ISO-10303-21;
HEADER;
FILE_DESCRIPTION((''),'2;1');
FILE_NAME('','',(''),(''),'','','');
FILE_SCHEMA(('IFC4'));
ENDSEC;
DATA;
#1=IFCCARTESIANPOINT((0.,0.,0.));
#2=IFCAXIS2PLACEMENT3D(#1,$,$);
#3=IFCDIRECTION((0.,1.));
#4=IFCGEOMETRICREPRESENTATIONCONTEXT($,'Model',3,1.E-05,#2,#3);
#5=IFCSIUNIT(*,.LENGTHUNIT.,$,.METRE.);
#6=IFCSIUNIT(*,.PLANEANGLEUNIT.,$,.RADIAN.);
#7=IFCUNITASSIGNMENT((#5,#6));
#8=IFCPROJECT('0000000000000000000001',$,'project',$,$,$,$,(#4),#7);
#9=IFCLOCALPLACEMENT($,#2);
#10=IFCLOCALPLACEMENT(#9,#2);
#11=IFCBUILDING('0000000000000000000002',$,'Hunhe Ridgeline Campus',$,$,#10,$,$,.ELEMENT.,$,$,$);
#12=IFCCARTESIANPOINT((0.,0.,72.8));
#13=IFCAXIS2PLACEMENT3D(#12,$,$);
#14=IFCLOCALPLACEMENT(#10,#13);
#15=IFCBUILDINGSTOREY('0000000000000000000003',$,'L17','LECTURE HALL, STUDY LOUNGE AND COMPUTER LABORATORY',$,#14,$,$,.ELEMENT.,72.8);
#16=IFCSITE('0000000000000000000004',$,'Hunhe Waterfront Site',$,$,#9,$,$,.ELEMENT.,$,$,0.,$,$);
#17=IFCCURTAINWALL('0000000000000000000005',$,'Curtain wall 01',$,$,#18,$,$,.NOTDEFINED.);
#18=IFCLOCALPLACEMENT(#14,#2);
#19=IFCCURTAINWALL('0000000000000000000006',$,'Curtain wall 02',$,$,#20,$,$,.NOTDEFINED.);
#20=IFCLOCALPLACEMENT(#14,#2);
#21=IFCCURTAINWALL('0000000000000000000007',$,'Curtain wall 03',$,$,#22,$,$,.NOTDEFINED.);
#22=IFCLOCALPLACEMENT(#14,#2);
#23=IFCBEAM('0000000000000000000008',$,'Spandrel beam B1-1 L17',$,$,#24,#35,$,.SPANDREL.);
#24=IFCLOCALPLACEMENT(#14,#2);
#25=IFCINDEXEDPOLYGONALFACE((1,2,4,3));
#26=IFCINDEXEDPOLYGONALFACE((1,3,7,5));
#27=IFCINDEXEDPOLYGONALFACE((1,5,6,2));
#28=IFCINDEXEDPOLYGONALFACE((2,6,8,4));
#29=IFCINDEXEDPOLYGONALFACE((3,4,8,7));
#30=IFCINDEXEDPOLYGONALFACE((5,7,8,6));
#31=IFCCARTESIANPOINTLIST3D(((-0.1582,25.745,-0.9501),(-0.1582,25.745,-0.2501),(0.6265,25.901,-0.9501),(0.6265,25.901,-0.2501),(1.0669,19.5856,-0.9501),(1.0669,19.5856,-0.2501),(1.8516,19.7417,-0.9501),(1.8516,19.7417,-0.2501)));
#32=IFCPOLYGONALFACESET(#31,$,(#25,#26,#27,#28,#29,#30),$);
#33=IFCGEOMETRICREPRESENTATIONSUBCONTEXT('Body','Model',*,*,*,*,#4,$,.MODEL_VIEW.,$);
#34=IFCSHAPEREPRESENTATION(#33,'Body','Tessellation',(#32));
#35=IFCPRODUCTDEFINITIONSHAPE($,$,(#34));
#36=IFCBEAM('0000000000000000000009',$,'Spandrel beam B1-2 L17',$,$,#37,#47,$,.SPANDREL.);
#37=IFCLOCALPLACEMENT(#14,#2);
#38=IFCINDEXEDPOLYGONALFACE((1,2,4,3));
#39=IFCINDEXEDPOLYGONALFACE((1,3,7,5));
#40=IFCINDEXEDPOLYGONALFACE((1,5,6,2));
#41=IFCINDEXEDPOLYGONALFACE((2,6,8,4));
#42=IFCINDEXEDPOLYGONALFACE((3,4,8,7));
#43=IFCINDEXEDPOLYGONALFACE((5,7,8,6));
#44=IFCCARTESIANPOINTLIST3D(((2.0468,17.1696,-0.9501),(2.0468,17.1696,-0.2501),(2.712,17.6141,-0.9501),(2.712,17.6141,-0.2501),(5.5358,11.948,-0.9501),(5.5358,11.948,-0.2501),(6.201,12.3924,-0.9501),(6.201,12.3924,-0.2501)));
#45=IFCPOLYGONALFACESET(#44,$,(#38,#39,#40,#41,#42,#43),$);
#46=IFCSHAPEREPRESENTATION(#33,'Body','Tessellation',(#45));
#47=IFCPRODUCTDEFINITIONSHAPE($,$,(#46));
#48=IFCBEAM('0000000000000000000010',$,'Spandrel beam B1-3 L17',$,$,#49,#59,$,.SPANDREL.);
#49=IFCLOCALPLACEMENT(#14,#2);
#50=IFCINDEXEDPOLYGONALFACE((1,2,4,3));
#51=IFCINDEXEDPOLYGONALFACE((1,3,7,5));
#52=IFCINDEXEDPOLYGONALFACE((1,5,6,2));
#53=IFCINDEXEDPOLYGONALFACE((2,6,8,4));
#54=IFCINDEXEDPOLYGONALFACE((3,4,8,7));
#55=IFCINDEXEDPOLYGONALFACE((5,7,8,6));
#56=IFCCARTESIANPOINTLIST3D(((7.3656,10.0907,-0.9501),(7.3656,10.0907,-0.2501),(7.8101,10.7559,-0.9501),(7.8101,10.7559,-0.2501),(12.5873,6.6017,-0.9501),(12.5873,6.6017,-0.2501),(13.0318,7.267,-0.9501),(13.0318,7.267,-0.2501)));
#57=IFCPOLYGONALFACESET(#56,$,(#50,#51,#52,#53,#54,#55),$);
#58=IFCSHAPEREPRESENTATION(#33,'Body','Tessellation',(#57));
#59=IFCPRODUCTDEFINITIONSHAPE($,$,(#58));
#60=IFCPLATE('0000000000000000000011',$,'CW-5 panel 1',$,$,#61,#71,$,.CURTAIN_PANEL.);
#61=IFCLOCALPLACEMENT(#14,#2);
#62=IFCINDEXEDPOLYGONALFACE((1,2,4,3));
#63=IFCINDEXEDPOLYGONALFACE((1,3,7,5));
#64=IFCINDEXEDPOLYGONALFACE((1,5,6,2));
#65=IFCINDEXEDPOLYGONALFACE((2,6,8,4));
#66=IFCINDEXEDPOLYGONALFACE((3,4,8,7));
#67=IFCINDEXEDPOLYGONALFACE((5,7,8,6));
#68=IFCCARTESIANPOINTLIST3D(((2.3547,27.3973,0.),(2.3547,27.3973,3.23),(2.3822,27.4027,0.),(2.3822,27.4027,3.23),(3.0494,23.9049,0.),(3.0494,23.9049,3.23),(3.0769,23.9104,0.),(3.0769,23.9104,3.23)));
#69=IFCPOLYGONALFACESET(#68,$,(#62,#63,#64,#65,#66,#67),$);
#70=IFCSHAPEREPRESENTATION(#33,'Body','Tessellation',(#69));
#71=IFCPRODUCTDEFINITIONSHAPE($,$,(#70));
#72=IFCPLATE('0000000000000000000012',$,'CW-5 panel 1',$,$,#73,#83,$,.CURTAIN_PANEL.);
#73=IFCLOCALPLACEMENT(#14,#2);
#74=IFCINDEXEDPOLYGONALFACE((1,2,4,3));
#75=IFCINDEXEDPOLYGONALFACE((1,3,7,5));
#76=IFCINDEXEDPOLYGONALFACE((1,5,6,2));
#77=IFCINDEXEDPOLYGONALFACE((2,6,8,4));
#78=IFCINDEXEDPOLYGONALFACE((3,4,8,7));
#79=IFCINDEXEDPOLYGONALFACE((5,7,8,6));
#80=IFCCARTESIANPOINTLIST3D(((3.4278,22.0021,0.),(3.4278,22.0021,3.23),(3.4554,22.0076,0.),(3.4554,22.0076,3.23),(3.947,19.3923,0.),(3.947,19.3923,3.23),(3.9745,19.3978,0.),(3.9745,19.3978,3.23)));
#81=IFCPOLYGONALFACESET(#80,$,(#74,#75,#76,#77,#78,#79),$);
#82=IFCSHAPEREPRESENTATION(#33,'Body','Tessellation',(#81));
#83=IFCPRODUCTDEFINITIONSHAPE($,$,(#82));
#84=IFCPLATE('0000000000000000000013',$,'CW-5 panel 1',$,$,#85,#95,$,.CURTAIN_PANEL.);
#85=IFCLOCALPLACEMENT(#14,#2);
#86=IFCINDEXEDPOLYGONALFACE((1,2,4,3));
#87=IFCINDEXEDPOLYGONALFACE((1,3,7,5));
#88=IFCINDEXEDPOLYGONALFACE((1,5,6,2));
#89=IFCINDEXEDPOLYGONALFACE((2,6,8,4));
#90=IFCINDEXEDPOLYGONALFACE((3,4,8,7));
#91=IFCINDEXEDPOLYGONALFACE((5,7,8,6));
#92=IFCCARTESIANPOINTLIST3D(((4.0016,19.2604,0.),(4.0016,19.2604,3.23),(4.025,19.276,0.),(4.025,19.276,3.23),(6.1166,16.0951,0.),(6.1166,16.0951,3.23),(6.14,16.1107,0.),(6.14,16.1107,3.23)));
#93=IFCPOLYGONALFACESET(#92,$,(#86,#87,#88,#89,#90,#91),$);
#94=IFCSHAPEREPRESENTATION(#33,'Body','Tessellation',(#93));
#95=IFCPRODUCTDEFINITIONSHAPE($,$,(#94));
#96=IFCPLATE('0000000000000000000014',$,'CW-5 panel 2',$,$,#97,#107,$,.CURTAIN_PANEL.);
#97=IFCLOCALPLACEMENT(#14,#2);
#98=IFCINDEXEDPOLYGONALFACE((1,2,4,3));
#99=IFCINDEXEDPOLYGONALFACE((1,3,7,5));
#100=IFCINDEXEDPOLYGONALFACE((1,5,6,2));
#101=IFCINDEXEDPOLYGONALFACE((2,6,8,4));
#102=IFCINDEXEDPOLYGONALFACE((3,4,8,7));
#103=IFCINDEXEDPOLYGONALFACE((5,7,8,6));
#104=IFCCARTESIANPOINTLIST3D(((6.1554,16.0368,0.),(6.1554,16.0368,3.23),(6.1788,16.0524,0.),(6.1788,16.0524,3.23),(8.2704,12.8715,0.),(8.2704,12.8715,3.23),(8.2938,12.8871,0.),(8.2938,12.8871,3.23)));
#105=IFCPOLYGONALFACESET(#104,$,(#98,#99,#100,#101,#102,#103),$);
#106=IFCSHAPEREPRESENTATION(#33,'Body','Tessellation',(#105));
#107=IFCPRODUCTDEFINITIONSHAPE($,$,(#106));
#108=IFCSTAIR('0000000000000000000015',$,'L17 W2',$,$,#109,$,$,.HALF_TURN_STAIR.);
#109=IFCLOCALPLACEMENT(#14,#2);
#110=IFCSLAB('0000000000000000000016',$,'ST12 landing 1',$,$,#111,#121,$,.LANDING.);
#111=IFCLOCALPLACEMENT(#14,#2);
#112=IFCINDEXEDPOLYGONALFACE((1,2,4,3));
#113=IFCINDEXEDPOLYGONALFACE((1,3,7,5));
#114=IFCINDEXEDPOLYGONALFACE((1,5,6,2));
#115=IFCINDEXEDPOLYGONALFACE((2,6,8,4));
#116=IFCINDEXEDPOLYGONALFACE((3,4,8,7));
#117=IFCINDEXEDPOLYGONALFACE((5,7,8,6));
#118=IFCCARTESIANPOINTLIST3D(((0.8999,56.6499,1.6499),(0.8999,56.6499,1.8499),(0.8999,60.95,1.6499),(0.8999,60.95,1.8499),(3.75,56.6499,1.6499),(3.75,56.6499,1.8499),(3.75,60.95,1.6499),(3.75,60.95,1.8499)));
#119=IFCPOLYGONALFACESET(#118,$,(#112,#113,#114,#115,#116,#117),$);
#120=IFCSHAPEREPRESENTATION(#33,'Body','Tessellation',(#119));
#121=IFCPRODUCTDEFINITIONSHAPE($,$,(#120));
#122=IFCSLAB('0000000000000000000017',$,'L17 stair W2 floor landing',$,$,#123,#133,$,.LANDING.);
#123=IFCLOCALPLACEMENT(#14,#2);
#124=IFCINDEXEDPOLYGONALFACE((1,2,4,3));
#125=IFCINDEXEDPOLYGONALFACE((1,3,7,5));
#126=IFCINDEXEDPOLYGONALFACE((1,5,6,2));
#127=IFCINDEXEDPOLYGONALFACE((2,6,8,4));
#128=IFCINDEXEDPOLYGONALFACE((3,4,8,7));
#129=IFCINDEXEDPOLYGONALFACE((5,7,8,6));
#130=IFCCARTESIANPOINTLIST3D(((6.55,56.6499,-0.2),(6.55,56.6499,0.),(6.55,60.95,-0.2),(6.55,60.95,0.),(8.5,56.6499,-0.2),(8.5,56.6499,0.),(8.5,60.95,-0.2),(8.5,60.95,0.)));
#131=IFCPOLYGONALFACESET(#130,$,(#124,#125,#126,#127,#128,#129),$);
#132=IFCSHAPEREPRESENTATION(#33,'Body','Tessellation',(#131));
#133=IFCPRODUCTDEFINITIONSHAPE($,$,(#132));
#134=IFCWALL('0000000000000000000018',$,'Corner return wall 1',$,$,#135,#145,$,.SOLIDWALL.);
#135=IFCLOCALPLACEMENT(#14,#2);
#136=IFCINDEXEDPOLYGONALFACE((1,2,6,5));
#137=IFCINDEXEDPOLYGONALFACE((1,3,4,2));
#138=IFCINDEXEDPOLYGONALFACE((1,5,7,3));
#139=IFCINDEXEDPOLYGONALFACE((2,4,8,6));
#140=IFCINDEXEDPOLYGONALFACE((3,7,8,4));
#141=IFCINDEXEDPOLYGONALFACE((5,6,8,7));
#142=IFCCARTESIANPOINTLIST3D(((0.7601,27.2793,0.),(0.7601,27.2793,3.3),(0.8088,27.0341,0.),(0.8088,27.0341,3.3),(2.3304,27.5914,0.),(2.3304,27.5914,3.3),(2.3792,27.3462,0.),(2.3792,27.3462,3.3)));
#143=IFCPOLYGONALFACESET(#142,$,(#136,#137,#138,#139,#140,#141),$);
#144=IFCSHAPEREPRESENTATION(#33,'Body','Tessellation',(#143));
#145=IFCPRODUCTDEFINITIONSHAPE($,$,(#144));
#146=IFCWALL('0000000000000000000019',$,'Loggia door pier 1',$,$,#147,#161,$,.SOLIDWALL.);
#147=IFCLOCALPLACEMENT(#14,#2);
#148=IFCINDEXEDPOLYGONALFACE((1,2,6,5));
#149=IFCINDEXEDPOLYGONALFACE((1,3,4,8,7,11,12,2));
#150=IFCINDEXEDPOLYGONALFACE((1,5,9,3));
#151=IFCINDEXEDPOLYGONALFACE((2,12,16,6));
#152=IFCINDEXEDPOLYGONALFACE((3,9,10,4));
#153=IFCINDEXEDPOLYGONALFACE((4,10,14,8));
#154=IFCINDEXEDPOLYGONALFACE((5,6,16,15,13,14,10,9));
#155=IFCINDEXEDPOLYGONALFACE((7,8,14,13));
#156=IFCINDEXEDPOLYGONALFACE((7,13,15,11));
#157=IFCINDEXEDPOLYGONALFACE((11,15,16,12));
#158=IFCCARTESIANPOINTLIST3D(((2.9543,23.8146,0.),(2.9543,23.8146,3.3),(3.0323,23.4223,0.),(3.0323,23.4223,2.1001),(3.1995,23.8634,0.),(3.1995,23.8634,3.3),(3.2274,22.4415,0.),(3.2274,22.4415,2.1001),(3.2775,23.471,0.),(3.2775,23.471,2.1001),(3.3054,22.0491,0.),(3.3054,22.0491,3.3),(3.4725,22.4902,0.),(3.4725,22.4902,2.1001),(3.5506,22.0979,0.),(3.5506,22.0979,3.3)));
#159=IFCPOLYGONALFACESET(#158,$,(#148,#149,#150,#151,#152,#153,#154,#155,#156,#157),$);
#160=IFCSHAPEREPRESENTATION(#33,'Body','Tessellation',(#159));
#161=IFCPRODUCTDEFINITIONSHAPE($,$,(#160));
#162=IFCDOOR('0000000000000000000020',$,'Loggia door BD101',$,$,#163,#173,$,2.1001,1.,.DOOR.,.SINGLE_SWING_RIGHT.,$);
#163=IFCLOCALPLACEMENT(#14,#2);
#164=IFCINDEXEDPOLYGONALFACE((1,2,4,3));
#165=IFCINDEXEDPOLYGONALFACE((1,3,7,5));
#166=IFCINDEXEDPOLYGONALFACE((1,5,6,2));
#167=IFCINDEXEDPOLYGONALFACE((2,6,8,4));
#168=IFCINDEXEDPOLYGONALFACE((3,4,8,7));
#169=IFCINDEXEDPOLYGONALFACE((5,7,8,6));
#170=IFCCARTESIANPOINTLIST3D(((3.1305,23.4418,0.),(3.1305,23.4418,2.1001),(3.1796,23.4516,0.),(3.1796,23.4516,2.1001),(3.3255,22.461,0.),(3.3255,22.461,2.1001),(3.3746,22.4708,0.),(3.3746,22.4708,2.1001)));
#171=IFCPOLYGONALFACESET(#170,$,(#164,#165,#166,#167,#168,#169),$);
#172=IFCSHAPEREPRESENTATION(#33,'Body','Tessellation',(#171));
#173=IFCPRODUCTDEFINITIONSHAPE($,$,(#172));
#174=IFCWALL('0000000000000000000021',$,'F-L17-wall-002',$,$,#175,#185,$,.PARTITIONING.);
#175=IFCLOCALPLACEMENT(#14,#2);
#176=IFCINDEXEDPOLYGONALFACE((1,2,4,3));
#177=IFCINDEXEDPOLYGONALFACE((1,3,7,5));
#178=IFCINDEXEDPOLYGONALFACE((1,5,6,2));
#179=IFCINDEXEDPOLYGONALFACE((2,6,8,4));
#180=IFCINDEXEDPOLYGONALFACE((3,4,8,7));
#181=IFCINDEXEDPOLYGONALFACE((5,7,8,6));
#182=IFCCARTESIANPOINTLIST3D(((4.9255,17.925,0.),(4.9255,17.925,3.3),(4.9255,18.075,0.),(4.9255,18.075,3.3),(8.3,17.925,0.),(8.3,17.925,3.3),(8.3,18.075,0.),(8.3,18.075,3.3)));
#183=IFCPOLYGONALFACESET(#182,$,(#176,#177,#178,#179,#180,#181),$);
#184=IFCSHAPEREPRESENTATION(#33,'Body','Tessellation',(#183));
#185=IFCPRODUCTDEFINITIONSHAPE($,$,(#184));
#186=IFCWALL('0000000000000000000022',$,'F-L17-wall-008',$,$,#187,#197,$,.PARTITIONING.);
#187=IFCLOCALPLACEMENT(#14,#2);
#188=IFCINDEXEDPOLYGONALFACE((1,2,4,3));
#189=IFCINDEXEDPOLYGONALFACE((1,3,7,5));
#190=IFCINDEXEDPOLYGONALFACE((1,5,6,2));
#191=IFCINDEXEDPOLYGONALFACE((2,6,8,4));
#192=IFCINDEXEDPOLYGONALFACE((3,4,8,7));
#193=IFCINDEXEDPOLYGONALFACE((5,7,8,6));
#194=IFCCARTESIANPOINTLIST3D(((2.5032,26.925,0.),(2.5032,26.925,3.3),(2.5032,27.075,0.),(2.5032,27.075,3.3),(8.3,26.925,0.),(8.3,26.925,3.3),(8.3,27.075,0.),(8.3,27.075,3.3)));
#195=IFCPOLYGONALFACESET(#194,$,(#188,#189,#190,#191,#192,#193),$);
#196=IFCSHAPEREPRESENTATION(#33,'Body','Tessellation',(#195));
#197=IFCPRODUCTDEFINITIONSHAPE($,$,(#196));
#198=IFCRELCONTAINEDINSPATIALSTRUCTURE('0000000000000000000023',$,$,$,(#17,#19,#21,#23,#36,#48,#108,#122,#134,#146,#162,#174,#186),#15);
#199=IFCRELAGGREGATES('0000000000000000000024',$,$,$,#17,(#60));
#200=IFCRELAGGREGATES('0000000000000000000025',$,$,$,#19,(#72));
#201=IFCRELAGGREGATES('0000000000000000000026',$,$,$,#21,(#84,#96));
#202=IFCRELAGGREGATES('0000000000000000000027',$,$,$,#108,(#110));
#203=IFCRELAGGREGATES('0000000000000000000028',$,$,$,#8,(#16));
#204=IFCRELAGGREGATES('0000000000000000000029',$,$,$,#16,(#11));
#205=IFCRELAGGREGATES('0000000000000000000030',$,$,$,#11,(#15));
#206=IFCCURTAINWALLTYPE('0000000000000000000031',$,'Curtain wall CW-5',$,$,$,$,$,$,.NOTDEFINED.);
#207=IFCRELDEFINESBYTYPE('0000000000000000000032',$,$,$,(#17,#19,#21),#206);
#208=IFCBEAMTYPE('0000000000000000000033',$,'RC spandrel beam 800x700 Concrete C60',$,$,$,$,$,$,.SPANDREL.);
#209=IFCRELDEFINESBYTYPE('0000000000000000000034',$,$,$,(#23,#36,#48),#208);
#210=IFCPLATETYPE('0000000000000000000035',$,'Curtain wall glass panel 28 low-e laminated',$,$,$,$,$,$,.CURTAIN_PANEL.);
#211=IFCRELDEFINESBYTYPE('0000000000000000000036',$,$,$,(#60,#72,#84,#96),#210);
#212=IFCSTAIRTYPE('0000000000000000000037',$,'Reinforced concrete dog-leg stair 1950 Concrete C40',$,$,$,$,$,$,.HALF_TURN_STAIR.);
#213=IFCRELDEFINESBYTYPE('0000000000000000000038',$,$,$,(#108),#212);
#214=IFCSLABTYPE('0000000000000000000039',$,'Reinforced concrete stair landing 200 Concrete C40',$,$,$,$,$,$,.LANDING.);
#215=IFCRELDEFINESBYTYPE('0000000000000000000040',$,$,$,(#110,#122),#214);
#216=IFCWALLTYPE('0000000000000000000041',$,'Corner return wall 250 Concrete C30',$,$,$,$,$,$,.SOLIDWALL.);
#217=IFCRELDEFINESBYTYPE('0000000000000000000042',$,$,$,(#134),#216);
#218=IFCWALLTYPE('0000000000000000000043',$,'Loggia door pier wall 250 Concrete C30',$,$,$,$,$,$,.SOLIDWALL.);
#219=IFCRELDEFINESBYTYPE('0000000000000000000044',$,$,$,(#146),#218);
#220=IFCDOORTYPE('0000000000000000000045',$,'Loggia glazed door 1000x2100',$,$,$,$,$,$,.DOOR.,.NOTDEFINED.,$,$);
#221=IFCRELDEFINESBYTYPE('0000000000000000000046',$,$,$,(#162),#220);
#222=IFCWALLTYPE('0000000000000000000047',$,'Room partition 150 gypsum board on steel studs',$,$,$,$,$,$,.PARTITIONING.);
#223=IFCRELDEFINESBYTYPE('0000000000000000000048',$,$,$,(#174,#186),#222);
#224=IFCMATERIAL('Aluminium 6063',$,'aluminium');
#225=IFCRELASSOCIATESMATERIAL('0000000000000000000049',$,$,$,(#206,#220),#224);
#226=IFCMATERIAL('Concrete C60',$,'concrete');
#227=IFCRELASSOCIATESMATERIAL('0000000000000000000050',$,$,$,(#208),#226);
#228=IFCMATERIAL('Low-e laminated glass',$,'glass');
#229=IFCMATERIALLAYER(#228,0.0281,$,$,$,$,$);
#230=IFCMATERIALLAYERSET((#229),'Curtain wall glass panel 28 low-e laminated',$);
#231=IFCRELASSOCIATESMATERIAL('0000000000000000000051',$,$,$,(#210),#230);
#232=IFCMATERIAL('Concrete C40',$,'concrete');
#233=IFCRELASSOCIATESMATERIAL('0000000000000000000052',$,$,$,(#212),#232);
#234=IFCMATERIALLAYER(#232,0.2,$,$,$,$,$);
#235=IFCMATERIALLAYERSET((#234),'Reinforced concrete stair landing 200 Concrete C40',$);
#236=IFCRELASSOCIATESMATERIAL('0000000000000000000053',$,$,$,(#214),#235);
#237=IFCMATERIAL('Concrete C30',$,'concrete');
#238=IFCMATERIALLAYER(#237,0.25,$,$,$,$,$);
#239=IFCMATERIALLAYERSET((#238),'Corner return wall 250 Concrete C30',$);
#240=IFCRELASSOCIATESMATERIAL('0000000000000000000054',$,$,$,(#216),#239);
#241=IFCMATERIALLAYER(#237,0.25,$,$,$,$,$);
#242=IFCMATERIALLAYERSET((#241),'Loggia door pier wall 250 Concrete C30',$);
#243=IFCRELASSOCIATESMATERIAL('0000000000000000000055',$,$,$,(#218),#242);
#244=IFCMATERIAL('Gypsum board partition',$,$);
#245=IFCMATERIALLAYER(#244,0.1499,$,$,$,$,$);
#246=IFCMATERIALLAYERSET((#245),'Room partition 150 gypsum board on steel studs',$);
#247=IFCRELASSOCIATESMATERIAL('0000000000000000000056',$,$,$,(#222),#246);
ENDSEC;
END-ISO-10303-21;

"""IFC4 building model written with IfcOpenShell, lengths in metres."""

from ifc_helpers import new_model, si_unit, direction, frame, frame_2d, origin, origin_2d, place, context, subcontext, project, spatial, polyline, rectangle, outline, extrude, material, layer, layer_set, material_profile, profile_set, type_object, element, fill, aggregate, save


model = new_model("IFC4")

# Units and contexts
model_context = context("Model", 3, precision=1e-05, world=origin(), true_north=direction((0.0, 1.0)))
body_context = subcontext(model_context, "Body", "Model", "MODEL_VIEW")
ifc_project = project(units=[si_unit("LENGTHUNIT", "METRE"), si_unit("PLANEANGLEUNIT", "RADIAN")], contexts=[model_context])

# Site, building, storey
site_placement = place(None, origin())
site = spatial("IfcSite", under=ifc_project, at=site_placement, Name="Hunhe Waterfront Site", CompositionType="ELEMENT", RefElevation=0.0)
building_placement = place(site_placement, origin())
building = spatial("IfcBuilding", under=site, at=building_placement, Name="Hunhe Ridgeline Campus", CompositionType="ELEMENT")
storey_placement = place(building_placement, frame((0.0, 0.0, 72.8)))
storey = spatial("IfcBuildingStorey", under=building, at=storey_placement, Name="L17", Description="LECTURE HALL, STUDY LOUNGE AND COMPUTER LABORATORY", CompositionType="ELEMENT", Elevation=72.8)

# Curtain walls
ifc_material_1 = material(Name="Aluminium 6063", Category="aluminium")
curtain_wall_type = type_object("IfcCurtainWallType", Name="Curtain wall CW-5", PredefinedType="NOTDEFINED", material=ifc_material_1)
curtain_wall_1_placement = place(storey_placement, origin())
curtain_wall_1 = element("IfcCurtainWall", 1, at=curtain_wall_1_placement, inside=storey, type_object=curtain_wall_type, Name="Curtain wall 01", PredefinedType="NOTDEFINED")
curtain_wall_2_placement = place(storey_placement, origin())
curtain_wall_2 = element("IfcCurtainWall", 2, at=curtain_wall_2_placement, inside=storey, type_object=curtain_wall_type, Name="Curtain wall 02", PredefinedType="NOTDEFINED")
curtain_wall_3_placement = place(storey_placement, origin())
curtain_wall_3 = element("IfcCurtainWall", 3, at=curtain_wall_3_placement, inside=storey, type_object=curtain_wall_type, Name="Curtain wall 03", PredefinedType="NOTDEFINED")

# Beams
ifc_material_2 = material(Name="Concrete C60", Category="concrete")
ifc_material_profile_1 = material_profile(ifc_material_2, rectangle(XDim=0.8, YDim=0.7, at=origin_2d()))
ifc_profile_set_1 = profile_set([ifc_material_profile_1], Name="Concrete C60")
beam_type = type_object("IfcBeamType", Name="RC spandrel beam 800x700 Concrete C60", PredefinedType="SPANDREL", material=ifc_profile_set_1)
for number, where, z_axis, x_axis, name in (
    (4, (0.2341, 25.823, -0.6001), (0.195077, -0.980788, 0.0), (0.980788, 0.195077, 0.0), "Spandrel beam B1-1 L17"),
    (5, (2.3794, 17.3918, -0.6001), (0.55557, -0.83147, 0.0), (0.83147, 0.55557, 0.0), "Spandrel beam B1-2 L17"),
    (6, (7.5879, 10.4233, -0.6001), (0.83147, -0.55557, 0.0), (0.55557, 0.83147, 0.0), "Spandrel beam B1-3 L17"),
):
    element("IfcBeam", number, at=place(storey_placement, frame(where, z_axis=z_axis, x_axis=x_axis)), inside=storey, type_object=beam_type, Name=name, PredefinedType="SPANDREL", context=body_context, shape_type="SweptSolid", body=[
        extrude(rectangle(XDim=0.8, YDim=0.7, at=origin_2d()), origin(), (0.0, 0.0, 1.0), 6.28),
    ])

# Plates
ifc_material_3 = material(Name="Low-e laminated glass", Category="glass")
ifc_layer_1 = layer(ifc_material_3, 0.0281)
ifc_layer_set_1 = layer_set([ifc_layer_1], Name="Curtain wall glass panel 28 low-e laminated")
plate_type = type_object("IfcPlateType", Name="Curtain wall glass panel 28 low-e laminated", PredefinedType="CURTAIN_PANEL", material=ifc_layer_set_1)
plate_1_placement = place(storey_placement, frame((2.7158, 25.6538, 0.0), z_axis=(0.0, 0.0, 1.0), x_axis=(0.195095, -0.980784, 0.0)))
plate_1 = element("IfcPlate", 7, at=plate_1_placement, type_object=plate_type, Name="CW-5 panel 1", PredefinedType="CURTAIN_PANEL", context=body_context, shape_type="SweptSolid", body=[
    extrude(rectangle(XDim=3.5608, YDim=0.0281, at=origin_2d()), origin(), (0.0, 0.0, 1.0), 3.23),
])
aggregate(curtain_wall_1, [plate_1])
plate_2_placement = place(storey_placement, frame((3.7012, 20.7, 0.0), z_axis=(0.0, 0.0, 1.0), x_axis=(0.195095, -0.980784, 0.0)))
plate_2 = element("IfcPlate", 8, at=plate_2_placement, type_object=plate_type, Name="CW-5 panel 1", PredefinedType="CURTAIN_PANEL", context=body_context, shape_type="SweptSolid", body=[
    extrude(rectangle(XDim=2.6609, YDim=0.0281, at=origin_2d()), origin(), (0.0, 0.0, 1.0), 3.23),
])
aggregate(curtain_wall_2, [plate_2])
plate_3_placement = place(storey_placement, frame((5.0708, 17.6855, 0.0), z_axis=(0.0, 0.0, 1.0), x_axis=(0.55557, -0.83147, 0.0)))
plate_3 = element("IfcPlate", 9, at=plate_3_placement, type_object=plate_type, Name="CW-5 panel 1", PredefinedType="CURTAIN_PANEL", context=body_context, shape_type="SweptSolid", body=[
    extrude(rectangle(XDim=3.8069, YDim=0.0281, at=origin_2d()), origin(), (0.0, 0.0, 1.0), 3.23),
])
plate_4_placement = place(storey_placement, frame((7.2246, 14.4619, 0.0), z_axis=(0.0, 0.0, 1.0), x_axis=(0.55557, -0.83147, 0.0)))
plate_4 = element("IfcPlate", 10, at=plate_4_placement, type_object=plate_type, Name="CW-5 panel 2", PredefinedType="CURTAIN_PANEL", context=body_context, shape_type="SweptSolid", body=[
    extrude(rectangle(XDim=3.8069, YDim=0.0281, at=origin_2d()), origin(), (0.0, 0.0, 1.0), 3.23),
])
aggregate(curtain_wall_3, [plate_3, plate_4])

# Stair, slab
ifc_material_4 = material(Name="Concrete C40", Category="concrete")
stair_type = type_object("IfcStairType", Name="Reinforced concrete dog-leg stair 1950 Concrete C40", PredefinedType="HALF_TURN_STAIR", material=ifc_material_4)
stair_placement = place(storey_placement, origin())
stair = element("IfcStair", 11, at=stair_placement, inside=storey, type_object=stair_type, Name="L17 W2", PredefinedType="HALF_TURN_STAIR")
ifc_layer_2 = layer(ifc_material_4, 0.2)
ifc_layer_set_2 = layer_set([ifc_layer_2], Name="Reinforced concrete stair landing 200 Concrete C40")
slab_type = type_object("IfcSlabType", Name="Reinforced concrete stair landing 200 Concrete C40", PredefinedType="LANDING", material=ifc_layer_set_2)
slab_1_placement = place(storey_placement, frame((0.0, 0.0, 1.6499)))
slab_1 = element("IfcSlab", 12, at=slab_1_placement, type_object=slab_type, Name="ST12 landing 1", PredefinedType="LANDING", context=body_context, shape_type="SweptSolid", body=[
    extrude(outline(polyline([(3.75, 60.95), (0.8999, 60.95), (0.8999, 56.6499), (3.75, 56.6499), (3.75, 60.95)])), origin(), (0.0, 0.0, 1.0), 0.2),
])
aggregate(stair, [slab_1])

# Slab
slab_2_placement = place(storey_placement, frame((0.0, 0.0, -0.2)))
element("IfcSlab", 13, at=slab_2_placement, inside=storey, type_object=slab_type, Name="L17 stair W2 floor landing", PredefinedType="LANDING", context=body_context, shape_type="SweptSolid", body=[
    extrude(outline(polyline([(8.5, 60.95), (6.55, 60.95), (6.55, 56.6499), (8.5, 56.6499), (8.5, 60.95)])), origin(), (0.0, 0.0, 1.0), 0.2),
])

# Wall
ifc_material_5 = material(Name="Concrete C30", Category="concrete")
ifc_layer_3 = layer(ifc_material_5, 0.25)
ifc_layer_set_3 = layer_set([ifc_layer_3], Name="Corner return wall 250 Concrete C30")
wall_type_1 = type_object("IfcWallType", Name="Corner return wall 250 Concrete C30", PredefinedType="SOLIDWALL", material=ifc_layer_set_3)
wall_1_placement = place(storey_placement, frame((0.7844, 27.1567, 0.0), z_axis=(0.0, 0.0, 1.0), x_axis=(0.980826, 0.194884, 0.0)))
element("IfcWall", 14, at=wall_1_placement, inside=storey, type_object=wall_type_1, Name="Corner return wall 1", PredefinedType="SOLIDWALL", context=body_context, shape_type="SweptSolid", body=[
    extrude(rectangle(XDim=1.6011, YDim=0.25, at=frame_2d((0.8005, 0.0))), origin(), (0.0, 0.0, 1.0), 3.3),
])

# Wall, opening, door
ifc_layer_4 = layer(ifc_material_5, 0.25)
ifc_layer_set_4 = layer_set([ifc_layer_4], Name="Loggia door pier wall 250 Concrete C30")
wall_type_2 = type_object("IfcWallType", Name="Loggia door pier wall 250 Concrete C30", PredefinedType="SOLIDWALL", material=ifc_layer_set_4)
wall_2_placement = place(storey_placement, frame((3.0769, 23.8389, 0.0), z_axis=(0.0, 0.0, 1.0), x_axis=(0.195047, -0.980794, 0.0)))
wall_2 = element("IfcWall", 15, at=wall_2_placement, inside=storey, type_object=wall_type_2, Name="Loggia door pier 1", PredefinedType="SOLIDWALL", context=body_context, shape_type="SweptSolid", body=[
    extrude(rectangle(XDim=1.8, YDim=0.25, at=frame_2d((0.8999, 0.0))), origin(), (0.0, 0.0, 1.0), 3.3),
])
opening_placement = place(wall_2_placement, frame((0.3999, 0.0, 0.0)))
opening = element("IfcOpeningElement", 16, at=opening_placement, cuts=wall_2, PredefinedType="OPENING", context=body_context, shape_type="SweptSolid", body=[
    extrude(rectangle(XDim=1.0, YDim=2.1001, at=frame_2d((0.5, 1.05))), frame((0.0, 0.125, 0.0), z_axis=(0.0, -1.0, 0.0), x_axis=(1.0, 0.0, 0.0)), (0.0, 0.0, 1.0), 0.25),
])
door_type = type_object("IfcDoorType", Name="Loggia glazed door 1000x2100", OperationType="NOTDEFINED", PredefinedType="DOOR", material=ifc_material_1)
door_placement = place(opening_placement, frame((1.0, 0.0, 0.0), z_axis=(0.0, 0.0, 1.0), x_axis=(-1.0, 0.0, 0.0)))
door = element("IfcDoor", 17, at=door_placement, inside=storey, type_object=door_type, Name="Loggia door BD101", OperationType="SINGLE_SWING_RIGHT", OverallHeight=2.1001, OverallWidth=1.0, PredefinedType="DOOR", context=body_context, shape_type="SweptSolid", body=[
    extrude(rectangle(XDim=1.0, YDim=2.1001, at=frame_2d((0.5, 1.05))), frame((0.0, 0.0249, 0.0), z_axis=(0.0, -1.0, 0.0), x_axis=(1.0, 0.0, 0.0)), (0.0, 0.0, 1.0), 0.05),
])
fill(opening, door)

# Walls
ifc_material_6 = material(Name="Gypsum board partition")
ifc_layer_5 = layer(ifc_material_6, 0.1499)
ifc_layer_set_5 = layer_set([ifc_layer_5], Name="Room partition 150 gypsum board on steel studs")
wall_type_3 = type_object("IfcWallType", Name="Room partition 150 gypsum board on steel studs", PredefinedType="PARTITIONING", material=ifc_layer_set_5)
wall_3_placement = place(storey_placement, frame((4.9255, 18.0, 0.0), z_axis=(0.0, 0.0, 1.0), x_axis=(1.0, 0.0, 0.0)))
element("IfcWall", 18, at=wall_3_placement, inside=storey, type_object=wall_type_3, Name="F-L17-wall-002", PredefinedType="PARTITIONING", context=body_context, shape_type="SweptSolid", body=[
    extrude(rectangle(XDim=3.3745, YDim=0.1499, at=frame_2d((1.6873, 0.0))), origin(), (0.0, 0.0, 1.0), 3.3),
])
wall_4_placement = place(storey_placement, frame((2.5032, 27.0, 0.0), z_axis=(0.0, 0.0, 1.0), x_axis=(1.0, 0.0, 0.0)))
element("IfcWall", 19, at=wall_4_placement, inside=storey, type_object=wall_type_3, Name="F-L17-wall-008", PredefinedType="PARTITIONING", context=body_context, shape_type="SweptSolid", body=[
    extrude(rectangle(XDim=5.7969, YDim=0.1499, at=frame_2d((2.8984, 0.0))), origin(), (0.0, 0.0, 1.0), 3.3),
])

save(model, "model.ifc")
